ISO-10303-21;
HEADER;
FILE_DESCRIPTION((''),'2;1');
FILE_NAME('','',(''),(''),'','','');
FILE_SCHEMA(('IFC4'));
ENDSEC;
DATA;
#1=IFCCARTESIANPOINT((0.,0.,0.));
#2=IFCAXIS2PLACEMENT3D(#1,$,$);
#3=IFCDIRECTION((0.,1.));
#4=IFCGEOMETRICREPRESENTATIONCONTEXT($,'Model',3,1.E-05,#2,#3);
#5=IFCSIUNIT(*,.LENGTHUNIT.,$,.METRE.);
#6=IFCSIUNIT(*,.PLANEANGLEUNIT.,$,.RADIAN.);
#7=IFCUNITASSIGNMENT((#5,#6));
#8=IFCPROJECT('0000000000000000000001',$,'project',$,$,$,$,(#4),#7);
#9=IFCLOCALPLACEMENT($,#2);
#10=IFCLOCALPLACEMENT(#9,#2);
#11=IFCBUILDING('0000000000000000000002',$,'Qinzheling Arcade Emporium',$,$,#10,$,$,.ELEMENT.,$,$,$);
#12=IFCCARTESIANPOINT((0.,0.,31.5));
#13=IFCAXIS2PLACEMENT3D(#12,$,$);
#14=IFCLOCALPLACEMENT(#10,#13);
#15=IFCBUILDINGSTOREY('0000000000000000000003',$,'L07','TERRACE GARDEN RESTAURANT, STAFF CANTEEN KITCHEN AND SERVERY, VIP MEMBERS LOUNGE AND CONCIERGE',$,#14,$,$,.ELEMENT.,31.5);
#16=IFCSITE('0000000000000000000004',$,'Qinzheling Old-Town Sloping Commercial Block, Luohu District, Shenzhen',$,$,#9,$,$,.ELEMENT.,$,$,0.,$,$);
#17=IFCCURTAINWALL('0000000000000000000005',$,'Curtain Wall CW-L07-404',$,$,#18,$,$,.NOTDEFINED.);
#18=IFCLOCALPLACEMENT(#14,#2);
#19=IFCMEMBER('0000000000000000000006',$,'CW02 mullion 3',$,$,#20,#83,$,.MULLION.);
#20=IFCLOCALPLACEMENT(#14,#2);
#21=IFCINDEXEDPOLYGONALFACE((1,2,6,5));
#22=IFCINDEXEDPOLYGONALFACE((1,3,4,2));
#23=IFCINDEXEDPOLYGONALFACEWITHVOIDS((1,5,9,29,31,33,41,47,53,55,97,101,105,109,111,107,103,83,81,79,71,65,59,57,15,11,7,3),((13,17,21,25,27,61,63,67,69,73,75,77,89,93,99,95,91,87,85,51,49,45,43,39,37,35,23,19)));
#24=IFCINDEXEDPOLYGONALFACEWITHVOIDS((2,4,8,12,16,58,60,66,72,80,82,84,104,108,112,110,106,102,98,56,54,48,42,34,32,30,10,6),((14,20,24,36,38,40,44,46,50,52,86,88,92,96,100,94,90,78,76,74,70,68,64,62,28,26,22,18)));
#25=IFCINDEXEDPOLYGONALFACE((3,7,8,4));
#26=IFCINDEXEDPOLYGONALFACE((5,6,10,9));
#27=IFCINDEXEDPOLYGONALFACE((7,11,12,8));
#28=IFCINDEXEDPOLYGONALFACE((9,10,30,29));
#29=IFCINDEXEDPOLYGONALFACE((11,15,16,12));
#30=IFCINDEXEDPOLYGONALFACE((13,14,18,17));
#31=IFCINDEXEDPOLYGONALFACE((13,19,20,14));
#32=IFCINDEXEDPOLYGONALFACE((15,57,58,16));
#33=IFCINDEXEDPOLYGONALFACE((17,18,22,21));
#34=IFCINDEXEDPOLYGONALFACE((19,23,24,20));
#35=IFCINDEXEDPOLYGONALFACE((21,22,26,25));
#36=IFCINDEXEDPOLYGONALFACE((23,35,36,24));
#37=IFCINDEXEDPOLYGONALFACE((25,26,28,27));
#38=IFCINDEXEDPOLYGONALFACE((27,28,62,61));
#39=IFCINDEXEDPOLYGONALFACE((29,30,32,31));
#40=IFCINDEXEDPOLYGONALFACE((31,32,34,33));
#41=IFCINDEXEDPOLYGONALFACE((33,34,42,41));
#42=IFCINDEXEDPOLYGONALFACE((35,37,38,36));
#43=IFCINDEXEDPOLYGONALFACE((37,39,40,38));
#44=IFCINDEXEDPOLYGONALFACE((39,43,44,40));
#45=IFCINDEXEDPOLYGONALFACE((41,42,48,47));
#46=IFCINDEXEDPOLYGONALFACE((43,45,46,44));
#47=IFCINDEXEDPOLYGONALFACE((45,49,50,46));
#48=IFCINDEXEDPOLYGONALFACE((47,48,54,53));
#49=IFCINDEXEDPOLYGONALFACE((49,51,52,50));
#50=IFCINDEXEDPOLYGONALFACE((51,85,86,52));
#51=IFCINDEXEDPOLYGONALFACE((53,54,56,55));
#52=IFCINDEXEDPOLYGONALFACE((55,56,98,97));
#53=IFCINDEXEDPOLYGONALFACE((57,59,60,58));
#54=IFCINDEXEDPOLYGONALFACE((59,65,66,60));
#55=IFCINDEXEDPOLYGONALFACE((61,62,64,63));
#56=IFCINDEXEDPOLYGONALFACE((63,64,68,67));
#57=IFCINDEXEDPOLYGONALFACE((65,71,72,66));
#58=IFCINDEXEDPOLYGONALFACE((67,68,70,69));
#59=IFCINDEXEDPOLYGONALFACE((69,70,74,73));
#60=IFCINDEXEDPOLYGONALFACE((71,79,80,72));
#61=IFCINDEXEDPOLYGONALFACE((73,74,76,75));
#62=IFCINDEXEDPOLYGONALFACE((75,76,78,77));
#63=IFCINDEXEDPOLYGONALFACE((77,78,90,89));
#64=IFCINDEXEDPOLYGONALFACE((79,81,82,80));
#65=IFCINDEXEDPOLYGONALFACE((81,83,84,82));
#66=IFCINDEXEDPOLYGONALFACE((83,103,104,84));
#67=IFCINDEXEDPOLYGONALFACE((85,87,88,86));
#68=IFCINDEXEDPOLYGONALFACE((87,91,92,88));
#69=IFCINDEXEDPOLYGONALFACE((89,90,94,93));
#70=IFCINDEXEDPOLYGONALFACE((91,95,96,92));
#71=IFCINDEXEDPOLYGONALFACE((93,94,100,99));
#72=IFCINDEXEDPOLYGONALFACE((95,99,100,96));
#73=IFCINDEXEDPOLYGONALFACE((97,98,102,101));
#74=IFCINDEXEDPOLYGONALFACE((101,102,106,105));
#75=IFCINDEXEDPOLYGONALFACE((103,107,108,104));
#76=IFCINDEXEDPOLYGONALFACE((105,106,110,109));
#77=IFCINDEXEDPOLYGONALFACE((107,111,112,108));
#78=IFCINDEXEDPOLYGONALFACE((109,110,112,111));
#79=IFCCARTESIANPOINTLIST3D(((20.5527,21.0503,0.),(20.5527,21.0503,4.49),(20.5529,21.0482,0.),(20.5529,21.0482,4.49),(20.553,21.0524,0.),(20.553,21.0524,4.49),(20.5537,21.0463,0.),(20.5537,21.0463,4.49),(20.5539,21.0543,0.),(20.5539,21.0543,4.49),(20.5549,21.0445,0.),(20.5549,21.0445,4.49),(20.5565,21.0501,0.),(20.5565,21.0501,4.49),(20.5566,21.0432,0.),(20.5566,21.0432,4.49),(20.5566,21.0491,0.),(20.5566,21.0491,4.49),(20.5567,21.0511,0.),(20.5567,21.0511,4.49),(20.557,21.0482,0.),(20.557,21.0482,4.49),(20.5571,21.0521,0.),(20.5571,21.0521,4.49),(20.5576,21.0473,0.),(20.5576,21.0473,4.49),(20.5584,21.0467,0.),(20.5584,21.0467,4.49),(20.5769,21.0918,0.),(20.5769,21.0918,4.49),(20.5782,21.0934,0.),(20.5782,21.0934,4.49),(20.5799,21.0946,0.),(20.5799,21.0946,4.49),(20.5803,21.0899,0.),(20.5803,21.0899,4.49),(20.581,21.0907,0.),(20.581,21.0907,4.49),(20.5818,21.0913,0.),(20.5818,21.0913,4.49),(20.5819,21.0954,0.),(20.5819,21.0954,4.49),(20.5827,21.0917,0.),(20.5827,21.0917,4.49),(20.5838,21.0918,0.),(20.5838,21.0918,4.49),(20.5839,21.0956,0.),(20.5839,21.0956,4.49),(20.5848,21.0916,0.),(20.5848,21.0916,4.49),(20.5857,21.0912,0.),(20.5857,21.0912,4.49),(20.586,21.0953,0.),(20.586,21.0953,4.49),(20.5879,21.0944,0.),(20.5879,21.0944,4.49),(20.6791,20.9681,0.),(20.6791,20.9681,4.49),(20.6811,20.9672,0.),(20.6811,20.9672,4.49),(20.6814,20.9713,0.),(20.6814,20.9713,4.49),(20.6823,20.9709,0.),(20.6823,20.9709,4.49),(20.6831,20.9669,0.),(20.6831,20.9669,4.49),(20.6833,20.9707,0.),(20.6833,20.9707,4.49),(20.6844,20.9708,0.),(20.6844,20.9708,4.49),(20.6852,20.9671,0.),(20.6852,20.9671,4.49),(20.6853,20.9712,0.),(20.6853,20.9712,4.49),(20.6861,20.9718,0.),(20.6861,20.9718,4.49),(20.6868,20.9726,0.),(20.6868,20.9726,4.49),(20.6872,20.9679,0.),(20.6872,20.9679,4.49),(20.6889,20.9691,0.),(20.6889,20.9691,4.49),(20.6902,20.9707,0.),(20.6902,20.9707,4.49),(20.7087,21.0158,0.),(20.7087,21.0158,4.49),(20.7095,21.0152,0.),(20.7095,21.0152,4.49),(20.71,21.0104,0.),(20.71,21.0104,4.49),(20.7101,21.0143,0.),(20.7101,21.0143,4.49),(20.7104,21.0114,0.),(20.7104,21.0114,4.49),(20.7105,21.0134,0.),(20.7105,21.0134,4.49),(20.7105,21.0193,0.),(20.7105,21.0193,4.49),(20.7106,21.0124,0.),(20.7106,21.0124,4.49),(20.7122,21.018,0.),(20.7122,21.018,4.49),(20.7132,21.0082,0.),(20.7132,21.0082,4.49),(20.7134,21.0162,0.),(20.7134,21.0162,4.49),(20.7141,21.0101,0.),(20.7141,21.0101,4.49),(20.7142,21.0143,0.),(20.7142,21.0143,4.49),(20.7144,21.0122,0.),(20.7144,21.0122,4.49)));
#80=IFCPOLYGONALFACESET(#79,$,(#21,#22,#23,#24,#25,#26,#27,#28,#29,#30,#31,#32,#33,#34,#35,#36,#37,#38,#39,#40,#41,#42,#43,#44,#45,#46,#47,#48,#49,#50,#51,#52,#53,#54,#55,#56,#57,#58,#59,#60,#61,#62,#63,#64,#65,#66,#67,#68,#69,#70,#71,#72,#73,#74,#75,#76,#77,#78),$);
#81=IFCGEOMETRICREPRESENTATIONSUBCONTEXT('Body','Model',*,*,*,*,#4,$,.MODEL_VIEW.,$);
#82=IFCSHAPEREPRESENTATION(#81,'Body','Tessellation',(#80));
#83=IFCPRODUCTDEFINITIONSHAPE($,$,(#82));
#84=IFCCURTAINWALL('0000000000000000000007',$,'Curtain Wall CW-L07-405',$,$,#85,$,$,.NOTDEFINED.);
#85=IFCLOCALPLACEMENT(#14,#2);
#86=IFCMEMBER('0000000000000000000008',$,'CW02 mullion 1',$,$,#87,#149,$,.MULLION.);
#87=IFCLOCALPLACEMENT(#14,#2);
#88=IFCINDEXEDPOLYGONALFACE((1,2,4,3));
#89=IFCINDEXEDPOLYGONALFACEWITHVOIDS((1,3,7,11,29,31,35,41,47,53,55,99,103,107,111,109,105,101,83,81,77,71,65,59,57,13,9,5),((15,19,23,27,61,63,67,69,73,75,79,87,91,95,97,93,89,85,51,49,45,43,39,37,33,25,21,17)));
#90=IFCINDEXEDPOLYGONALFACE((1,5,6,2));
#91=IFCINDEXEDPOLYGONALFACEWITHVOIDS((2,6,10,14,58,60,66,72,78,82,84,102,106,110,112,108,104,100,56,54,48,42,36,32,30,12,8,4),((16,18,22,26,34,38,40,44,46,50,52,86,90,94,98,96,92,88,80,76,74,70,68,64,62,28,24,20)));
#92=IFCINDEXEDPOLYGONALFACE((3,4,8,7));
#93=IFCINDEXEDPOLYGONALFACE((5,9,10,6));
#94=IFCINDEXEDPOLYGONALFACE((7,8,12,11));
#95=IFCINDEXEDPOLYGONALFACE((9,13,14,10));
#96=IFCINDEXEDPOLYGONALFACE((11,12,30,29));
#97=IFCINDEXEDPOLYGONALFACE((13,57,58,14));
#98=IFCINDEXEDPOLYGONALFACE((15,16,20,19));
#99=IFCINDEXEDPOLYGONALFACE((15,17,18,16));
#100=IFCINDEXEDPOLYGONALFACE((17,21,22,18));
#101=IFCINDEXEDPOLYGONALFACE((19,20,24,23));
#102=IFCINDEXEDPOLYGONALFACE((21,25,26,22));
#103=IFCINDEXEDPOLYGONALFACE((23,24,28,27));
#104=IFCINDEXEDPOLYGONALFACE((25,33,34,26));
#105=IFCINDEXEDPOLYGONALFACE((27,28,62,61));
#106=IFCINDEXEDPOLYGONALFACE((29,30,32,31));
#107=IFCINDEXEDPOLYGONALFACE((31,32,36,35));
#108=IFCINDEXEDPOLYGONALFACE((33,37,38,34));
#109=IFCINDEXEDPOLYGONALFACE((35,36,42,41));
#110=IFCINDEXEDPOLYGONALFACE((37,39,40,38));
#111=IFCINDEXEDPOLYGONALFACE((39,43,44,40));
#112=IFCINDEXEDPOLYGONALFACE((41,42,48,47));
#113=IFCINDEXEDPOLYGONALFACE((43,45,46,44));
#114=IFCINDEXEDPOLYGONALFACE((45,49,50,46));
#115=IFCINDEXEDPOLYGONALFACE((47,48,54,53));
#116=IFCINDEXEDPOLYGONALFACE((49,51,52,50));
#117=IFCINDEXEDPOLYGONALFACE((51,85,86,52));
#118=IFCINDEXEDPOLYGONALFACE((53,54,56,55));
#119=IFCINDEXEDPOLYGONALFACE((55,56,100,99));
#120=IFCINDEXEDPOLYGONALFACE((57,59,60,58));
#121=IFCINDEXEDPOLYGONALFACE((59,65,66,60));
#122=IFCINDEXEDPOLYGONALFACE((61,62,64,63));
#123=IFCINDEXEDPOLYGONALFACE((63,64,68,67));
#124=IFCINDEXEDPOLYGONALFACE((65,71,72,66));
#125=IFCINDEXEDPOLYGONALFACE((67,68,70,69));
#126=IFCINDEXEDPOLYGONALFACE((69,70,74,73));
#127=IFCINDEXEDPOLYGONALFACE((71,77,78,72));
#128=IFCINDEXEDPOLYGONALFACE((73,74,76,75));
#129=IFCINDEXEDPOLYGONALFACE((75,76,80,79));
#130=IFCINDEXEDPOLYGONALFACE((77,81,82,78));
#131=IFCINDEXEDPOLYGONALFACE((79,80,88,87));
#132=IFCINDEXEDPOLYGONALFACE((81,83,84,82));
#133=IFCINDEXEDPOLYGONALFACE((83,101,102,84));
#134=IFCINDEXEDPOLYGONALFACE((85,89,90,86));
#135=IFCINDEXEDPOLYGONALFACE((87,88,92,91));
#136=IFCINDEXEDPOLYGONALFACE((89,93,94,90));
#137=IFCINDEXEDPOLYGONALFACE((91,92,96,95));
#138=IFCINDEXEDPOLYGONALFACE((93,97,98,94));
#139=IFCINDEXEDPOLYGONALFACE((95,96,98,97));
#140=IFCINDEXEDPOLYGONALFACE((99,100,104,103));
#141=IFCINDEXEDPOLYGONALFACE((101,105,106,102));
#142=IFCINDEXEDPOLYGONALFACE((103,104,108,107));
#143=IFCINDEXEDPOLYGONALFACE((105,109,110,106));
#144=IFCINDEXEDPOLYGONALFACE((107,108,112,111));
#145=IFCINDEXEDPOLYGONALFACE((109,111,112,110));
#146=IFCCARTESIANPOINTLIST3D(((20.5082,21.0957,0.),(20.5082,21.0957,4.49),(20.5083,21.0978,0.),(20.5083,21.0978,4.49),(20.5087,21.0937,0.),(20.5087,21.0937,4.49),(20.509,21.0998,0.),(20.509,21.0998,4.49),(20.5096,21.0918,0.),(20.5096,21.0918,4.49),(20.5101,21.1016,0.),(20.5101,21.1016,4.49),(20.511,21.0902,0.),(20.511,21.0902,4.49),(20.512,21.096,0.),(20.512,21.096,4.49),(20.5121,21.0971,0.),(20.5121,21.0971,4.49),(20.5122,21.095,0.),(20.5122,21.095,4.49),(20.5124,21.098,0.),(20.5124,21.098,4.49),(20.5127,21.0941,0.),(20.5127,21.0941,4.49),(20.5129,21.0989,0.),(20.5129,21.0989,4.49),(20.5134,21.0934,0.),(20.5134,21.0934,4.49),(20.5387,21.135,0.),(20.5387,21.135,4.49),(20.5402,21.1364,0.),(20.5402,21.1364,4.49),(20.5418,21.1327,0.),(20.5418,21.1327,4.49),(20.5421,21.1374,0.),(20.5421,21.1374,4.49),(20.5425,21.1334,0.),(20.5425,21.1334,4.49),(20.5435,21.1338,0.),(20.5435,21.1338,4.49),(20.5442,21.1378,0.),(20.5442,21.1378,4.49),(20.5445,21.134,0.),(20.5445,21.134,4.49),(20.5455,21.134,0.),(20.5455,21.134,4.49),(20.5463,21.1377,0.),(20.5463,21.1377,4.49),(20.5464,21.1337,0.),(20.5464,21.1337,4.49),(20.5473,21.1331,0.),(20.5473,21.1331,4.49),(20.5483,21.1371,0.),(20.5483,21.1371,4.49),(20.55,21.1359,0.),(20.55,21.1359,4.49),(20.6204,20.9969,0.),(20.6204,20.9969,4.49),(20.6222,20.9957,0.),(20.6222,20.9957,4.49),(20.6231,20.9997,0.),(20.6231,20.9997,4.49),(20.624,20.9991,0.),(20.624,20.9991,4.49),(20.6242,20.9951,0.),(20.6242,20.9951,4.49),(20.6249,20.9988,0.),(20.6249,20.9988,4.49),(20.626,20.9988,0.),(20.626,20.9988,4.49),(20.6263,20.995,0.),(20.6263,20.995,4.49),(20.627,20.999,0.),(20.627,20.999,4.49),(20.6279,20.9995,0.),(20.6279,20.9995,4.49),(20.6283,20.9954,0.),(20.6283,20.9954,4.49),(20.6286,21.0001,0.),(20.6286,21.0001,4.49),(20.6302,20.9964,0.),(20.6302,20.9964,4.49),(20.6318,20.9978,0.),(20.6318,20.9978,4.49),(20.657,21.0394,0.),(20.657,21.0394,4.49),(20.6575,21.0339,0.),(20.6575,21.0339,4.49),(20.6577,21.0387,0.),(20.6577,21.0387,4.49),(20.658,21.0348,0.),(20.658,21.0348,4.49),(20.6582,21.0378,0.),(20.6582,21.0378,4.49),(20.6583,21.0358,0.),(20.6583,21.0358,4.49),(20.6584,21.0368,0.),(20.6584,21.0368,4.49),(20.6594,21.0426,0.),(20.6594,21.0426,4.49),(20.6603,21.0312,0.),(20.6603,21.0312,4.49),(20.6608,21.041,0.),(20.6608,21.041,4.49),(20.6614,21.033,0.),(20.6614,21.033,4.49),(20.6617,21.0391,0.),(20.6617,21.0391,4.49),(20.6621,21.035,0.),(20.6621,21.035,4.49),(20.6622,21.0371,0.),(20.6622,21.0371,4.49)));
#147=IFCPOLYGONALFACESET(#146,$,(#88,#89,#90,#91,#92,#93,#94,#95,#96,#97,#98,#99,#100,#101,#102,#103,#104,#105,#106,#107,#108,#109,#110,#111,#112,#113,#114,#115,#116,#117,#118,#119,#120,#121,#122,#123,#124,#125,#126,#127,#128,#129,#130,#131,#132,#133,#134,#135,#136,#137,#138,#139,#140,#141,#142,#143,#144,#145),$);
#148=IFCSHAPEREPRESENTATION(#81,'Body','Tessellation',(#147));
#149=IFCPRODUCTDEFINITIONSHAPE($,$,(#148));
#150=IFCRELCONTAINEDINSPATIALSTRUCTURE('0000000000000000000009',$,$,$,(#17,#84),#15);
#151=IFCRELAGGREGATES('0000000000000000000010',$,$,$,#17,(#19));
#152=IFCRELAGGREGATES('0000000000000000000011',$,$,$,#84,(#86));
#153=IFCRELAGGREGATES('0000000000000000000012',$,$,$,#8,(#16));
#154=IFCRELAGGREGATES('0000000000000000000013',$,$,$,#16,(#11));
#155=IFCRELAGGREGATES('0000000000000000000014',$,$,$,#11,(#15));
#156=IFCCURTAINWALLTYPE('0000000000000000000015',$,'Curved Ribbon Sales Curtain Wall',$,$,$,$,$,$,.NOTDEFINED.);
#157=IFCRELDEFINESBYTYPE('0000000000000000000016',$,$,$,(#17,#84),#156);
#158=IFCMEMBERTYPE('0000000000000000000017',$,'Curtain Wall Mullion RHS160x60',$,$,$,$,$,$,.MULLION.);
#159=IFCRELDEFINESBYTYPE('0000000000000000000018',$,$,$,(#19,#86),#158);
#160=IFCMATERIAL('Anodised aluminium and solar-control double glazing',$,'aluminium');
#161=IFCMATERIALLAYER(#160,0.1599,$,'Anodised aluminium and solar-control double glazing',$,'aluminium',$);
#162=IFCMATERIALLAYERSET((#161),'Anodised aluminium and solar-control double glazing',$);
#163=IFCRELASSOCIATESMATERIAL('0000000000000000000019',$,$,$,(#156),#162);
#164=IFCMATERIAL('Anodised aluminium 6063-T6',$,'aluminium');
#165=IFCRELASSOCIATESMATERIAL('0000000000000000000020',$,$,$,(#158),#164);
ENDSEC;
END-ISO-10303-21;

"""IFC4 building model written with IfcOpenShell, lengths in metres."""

from ifc_helpers import new_model, si_unit, direction, frame, origin, origin_2d, place, context, subcontext, project, spatial, hollow_rectangle, extrude, material, layer, layer_set, material_profile, profile_set, type_object, element, aggregate, save


model = new_model("IFC4")

# Units and contexts
model_context = context("Model", 3, precision=1e-05, world=origin(), true_north=direction((0.0, 1.0)))
body_context = subcontext(model_context, "Body", "Model", "MODEL_VIEW")
ifc_project = project(units=[si_unit("LENGTHUNIT", "METRE"), si_unit("PLANEANGLEUNIT", "RADIAN")], contexts=[model_context])

# Site, building, storey
site_placement = place(None, origin())
site = spatial("IfcSite", under=ifc_project, at=site_placement, Name="Qinzheling Old-Town Sloping Commercial Block, Luohu District, Shenzhen", CompositionType="ELEMENT", RefElevation=0.0)
building_placement = place(site_placement, origin())
building = spatial("IfcBuilding", under=site, at=building_placement, Name="Qinzheling Arcade Emporium", CompositionType="ELEMENT")
storey_placement = place(building_placement, frame((0.0, 0.0, 31.5)))
storey = spatial("IfcBuildingStorey", under=building, at=storey_placement, Name="L07", Description="TERRACE GARDEN RESTAURANT, STAFF CANTEEN KITCHEN AND SERVERY, VIP MEMBERS LOUNGE AND CONCIERGE", CompositionType="ELEMENT", Elevation=31.5)

# Curtain wall, member
ifc_material_1 = material(Name="Anodised aluminium and solar-control double glazing", Category="aluminium")
ifc_layer_1 = layer(ifc_material_1, 0.1599, Name="Anodised aluminium and solar-control double glazing", Category="aluminium")
ifc_layer_set_1 = layer_set([ifc_layer_1], Name="Anodised aluminium and solar-control double glazing")
curtain_wall_type = type_object("IfcCurtainWallType", Name="Curved Ribbon Sales Curtain Wall", PredefinedType="NOTDEFINED", material=ifc_layer_set_1)
curtain_wall_1_placement = place(storey_placement, origin())
curtain_wall_1 = element("IfcCurtainWall", 1, at=curtain_wall_1_placement, inside=storey, type_object=curtain_wall_type, Name="Curtain Wall CW-L07-404", PredefinedType="NOTDEFINED")
ifc_material_2 = material(Name="Anodised aluminium 6063-T6", Category="aluminium")
ifc_material_profile_1 = material_profile(ifc_material_2, hollow_rectangle(XDim=0.0601, YDim=0.1599, WallThickness=0.0039, InnerFilletRadius=0.0039, OuterFilletRadius=0.0081, at=origin_2d()), Name="RHS 160x60x4", Category="aluminium")
ifc_profile_set_1 = profile_set([ifc_material_profile_1], Name="Anodised aluminium 6063-T6")
member_type_1 = type_object("IfcMemberType", Name="Curtain Wall Mullion RHS160x60", PredefinedType="MULLION", material=ifc_profile_set_1)
member_1_placement = place(storey_placement, frame((20.6335, 21.0312, 0.0), z_axis=(0.0, 0.0, 1.0), x_axis=(-0.522632, -0.852558, 0.0)))
member_1 = element("IfcMember", 2, at=member_1_placement, type_object=member_type_1, Name="CW02 mullion 3", PredefinedType="MULLION", context=body_context, shape_type="SweptSolid", body=[
    extrude(hollow_rectangle(XDim=0.0601, YDim=0.1599, WallThickness=0.0039, InnerFilletRadius=0.0039, OuterFilletRadius=0.0081, at=origin_2d()), origin(), (0.0, 0.0, 1.0), 4.49),
])

# Curtain wall, member
curtain_wall_2_placement = place(storey_placement, origin())
curtain_wall_2 = element("IfcCurtainWall", 3, at=curtain_wall_2_placement, inside=storey, type_object=curtain_wall_type, Name="Curtain Wall CW-L07-405", PredefinedType="NOTDEFINED")
member_2_placement = place(storey_placement, frame((20.5852, 21.0664, 0.0), z_axis=(0.0, 0.0, 1.0), x_axis=(-0.649247, -0.760578, 0.0)))
member_2 = element("IfcMember", 4, at=member_2_placement, type_object=member_type_1, Name="CW02 mullion 1", PredefinedType="MULLION", context=body_context, shape_type="SweptSolid", body=[
    extrude(hollow_rectangle(XDim=0.0601, YDim=0.1599, WallThickness=0.0039, InnerFilletRadius=0.0039, OuterFilletRadius=0.0081, at=origin_2d()), origin(), (0.0, 0.0, 1.0), 4.49),
])

aggregate(curtain_wall_1, [member_1])
aggregate(curtain_wall_2, [member_2])

save(model, "model.ifc")
